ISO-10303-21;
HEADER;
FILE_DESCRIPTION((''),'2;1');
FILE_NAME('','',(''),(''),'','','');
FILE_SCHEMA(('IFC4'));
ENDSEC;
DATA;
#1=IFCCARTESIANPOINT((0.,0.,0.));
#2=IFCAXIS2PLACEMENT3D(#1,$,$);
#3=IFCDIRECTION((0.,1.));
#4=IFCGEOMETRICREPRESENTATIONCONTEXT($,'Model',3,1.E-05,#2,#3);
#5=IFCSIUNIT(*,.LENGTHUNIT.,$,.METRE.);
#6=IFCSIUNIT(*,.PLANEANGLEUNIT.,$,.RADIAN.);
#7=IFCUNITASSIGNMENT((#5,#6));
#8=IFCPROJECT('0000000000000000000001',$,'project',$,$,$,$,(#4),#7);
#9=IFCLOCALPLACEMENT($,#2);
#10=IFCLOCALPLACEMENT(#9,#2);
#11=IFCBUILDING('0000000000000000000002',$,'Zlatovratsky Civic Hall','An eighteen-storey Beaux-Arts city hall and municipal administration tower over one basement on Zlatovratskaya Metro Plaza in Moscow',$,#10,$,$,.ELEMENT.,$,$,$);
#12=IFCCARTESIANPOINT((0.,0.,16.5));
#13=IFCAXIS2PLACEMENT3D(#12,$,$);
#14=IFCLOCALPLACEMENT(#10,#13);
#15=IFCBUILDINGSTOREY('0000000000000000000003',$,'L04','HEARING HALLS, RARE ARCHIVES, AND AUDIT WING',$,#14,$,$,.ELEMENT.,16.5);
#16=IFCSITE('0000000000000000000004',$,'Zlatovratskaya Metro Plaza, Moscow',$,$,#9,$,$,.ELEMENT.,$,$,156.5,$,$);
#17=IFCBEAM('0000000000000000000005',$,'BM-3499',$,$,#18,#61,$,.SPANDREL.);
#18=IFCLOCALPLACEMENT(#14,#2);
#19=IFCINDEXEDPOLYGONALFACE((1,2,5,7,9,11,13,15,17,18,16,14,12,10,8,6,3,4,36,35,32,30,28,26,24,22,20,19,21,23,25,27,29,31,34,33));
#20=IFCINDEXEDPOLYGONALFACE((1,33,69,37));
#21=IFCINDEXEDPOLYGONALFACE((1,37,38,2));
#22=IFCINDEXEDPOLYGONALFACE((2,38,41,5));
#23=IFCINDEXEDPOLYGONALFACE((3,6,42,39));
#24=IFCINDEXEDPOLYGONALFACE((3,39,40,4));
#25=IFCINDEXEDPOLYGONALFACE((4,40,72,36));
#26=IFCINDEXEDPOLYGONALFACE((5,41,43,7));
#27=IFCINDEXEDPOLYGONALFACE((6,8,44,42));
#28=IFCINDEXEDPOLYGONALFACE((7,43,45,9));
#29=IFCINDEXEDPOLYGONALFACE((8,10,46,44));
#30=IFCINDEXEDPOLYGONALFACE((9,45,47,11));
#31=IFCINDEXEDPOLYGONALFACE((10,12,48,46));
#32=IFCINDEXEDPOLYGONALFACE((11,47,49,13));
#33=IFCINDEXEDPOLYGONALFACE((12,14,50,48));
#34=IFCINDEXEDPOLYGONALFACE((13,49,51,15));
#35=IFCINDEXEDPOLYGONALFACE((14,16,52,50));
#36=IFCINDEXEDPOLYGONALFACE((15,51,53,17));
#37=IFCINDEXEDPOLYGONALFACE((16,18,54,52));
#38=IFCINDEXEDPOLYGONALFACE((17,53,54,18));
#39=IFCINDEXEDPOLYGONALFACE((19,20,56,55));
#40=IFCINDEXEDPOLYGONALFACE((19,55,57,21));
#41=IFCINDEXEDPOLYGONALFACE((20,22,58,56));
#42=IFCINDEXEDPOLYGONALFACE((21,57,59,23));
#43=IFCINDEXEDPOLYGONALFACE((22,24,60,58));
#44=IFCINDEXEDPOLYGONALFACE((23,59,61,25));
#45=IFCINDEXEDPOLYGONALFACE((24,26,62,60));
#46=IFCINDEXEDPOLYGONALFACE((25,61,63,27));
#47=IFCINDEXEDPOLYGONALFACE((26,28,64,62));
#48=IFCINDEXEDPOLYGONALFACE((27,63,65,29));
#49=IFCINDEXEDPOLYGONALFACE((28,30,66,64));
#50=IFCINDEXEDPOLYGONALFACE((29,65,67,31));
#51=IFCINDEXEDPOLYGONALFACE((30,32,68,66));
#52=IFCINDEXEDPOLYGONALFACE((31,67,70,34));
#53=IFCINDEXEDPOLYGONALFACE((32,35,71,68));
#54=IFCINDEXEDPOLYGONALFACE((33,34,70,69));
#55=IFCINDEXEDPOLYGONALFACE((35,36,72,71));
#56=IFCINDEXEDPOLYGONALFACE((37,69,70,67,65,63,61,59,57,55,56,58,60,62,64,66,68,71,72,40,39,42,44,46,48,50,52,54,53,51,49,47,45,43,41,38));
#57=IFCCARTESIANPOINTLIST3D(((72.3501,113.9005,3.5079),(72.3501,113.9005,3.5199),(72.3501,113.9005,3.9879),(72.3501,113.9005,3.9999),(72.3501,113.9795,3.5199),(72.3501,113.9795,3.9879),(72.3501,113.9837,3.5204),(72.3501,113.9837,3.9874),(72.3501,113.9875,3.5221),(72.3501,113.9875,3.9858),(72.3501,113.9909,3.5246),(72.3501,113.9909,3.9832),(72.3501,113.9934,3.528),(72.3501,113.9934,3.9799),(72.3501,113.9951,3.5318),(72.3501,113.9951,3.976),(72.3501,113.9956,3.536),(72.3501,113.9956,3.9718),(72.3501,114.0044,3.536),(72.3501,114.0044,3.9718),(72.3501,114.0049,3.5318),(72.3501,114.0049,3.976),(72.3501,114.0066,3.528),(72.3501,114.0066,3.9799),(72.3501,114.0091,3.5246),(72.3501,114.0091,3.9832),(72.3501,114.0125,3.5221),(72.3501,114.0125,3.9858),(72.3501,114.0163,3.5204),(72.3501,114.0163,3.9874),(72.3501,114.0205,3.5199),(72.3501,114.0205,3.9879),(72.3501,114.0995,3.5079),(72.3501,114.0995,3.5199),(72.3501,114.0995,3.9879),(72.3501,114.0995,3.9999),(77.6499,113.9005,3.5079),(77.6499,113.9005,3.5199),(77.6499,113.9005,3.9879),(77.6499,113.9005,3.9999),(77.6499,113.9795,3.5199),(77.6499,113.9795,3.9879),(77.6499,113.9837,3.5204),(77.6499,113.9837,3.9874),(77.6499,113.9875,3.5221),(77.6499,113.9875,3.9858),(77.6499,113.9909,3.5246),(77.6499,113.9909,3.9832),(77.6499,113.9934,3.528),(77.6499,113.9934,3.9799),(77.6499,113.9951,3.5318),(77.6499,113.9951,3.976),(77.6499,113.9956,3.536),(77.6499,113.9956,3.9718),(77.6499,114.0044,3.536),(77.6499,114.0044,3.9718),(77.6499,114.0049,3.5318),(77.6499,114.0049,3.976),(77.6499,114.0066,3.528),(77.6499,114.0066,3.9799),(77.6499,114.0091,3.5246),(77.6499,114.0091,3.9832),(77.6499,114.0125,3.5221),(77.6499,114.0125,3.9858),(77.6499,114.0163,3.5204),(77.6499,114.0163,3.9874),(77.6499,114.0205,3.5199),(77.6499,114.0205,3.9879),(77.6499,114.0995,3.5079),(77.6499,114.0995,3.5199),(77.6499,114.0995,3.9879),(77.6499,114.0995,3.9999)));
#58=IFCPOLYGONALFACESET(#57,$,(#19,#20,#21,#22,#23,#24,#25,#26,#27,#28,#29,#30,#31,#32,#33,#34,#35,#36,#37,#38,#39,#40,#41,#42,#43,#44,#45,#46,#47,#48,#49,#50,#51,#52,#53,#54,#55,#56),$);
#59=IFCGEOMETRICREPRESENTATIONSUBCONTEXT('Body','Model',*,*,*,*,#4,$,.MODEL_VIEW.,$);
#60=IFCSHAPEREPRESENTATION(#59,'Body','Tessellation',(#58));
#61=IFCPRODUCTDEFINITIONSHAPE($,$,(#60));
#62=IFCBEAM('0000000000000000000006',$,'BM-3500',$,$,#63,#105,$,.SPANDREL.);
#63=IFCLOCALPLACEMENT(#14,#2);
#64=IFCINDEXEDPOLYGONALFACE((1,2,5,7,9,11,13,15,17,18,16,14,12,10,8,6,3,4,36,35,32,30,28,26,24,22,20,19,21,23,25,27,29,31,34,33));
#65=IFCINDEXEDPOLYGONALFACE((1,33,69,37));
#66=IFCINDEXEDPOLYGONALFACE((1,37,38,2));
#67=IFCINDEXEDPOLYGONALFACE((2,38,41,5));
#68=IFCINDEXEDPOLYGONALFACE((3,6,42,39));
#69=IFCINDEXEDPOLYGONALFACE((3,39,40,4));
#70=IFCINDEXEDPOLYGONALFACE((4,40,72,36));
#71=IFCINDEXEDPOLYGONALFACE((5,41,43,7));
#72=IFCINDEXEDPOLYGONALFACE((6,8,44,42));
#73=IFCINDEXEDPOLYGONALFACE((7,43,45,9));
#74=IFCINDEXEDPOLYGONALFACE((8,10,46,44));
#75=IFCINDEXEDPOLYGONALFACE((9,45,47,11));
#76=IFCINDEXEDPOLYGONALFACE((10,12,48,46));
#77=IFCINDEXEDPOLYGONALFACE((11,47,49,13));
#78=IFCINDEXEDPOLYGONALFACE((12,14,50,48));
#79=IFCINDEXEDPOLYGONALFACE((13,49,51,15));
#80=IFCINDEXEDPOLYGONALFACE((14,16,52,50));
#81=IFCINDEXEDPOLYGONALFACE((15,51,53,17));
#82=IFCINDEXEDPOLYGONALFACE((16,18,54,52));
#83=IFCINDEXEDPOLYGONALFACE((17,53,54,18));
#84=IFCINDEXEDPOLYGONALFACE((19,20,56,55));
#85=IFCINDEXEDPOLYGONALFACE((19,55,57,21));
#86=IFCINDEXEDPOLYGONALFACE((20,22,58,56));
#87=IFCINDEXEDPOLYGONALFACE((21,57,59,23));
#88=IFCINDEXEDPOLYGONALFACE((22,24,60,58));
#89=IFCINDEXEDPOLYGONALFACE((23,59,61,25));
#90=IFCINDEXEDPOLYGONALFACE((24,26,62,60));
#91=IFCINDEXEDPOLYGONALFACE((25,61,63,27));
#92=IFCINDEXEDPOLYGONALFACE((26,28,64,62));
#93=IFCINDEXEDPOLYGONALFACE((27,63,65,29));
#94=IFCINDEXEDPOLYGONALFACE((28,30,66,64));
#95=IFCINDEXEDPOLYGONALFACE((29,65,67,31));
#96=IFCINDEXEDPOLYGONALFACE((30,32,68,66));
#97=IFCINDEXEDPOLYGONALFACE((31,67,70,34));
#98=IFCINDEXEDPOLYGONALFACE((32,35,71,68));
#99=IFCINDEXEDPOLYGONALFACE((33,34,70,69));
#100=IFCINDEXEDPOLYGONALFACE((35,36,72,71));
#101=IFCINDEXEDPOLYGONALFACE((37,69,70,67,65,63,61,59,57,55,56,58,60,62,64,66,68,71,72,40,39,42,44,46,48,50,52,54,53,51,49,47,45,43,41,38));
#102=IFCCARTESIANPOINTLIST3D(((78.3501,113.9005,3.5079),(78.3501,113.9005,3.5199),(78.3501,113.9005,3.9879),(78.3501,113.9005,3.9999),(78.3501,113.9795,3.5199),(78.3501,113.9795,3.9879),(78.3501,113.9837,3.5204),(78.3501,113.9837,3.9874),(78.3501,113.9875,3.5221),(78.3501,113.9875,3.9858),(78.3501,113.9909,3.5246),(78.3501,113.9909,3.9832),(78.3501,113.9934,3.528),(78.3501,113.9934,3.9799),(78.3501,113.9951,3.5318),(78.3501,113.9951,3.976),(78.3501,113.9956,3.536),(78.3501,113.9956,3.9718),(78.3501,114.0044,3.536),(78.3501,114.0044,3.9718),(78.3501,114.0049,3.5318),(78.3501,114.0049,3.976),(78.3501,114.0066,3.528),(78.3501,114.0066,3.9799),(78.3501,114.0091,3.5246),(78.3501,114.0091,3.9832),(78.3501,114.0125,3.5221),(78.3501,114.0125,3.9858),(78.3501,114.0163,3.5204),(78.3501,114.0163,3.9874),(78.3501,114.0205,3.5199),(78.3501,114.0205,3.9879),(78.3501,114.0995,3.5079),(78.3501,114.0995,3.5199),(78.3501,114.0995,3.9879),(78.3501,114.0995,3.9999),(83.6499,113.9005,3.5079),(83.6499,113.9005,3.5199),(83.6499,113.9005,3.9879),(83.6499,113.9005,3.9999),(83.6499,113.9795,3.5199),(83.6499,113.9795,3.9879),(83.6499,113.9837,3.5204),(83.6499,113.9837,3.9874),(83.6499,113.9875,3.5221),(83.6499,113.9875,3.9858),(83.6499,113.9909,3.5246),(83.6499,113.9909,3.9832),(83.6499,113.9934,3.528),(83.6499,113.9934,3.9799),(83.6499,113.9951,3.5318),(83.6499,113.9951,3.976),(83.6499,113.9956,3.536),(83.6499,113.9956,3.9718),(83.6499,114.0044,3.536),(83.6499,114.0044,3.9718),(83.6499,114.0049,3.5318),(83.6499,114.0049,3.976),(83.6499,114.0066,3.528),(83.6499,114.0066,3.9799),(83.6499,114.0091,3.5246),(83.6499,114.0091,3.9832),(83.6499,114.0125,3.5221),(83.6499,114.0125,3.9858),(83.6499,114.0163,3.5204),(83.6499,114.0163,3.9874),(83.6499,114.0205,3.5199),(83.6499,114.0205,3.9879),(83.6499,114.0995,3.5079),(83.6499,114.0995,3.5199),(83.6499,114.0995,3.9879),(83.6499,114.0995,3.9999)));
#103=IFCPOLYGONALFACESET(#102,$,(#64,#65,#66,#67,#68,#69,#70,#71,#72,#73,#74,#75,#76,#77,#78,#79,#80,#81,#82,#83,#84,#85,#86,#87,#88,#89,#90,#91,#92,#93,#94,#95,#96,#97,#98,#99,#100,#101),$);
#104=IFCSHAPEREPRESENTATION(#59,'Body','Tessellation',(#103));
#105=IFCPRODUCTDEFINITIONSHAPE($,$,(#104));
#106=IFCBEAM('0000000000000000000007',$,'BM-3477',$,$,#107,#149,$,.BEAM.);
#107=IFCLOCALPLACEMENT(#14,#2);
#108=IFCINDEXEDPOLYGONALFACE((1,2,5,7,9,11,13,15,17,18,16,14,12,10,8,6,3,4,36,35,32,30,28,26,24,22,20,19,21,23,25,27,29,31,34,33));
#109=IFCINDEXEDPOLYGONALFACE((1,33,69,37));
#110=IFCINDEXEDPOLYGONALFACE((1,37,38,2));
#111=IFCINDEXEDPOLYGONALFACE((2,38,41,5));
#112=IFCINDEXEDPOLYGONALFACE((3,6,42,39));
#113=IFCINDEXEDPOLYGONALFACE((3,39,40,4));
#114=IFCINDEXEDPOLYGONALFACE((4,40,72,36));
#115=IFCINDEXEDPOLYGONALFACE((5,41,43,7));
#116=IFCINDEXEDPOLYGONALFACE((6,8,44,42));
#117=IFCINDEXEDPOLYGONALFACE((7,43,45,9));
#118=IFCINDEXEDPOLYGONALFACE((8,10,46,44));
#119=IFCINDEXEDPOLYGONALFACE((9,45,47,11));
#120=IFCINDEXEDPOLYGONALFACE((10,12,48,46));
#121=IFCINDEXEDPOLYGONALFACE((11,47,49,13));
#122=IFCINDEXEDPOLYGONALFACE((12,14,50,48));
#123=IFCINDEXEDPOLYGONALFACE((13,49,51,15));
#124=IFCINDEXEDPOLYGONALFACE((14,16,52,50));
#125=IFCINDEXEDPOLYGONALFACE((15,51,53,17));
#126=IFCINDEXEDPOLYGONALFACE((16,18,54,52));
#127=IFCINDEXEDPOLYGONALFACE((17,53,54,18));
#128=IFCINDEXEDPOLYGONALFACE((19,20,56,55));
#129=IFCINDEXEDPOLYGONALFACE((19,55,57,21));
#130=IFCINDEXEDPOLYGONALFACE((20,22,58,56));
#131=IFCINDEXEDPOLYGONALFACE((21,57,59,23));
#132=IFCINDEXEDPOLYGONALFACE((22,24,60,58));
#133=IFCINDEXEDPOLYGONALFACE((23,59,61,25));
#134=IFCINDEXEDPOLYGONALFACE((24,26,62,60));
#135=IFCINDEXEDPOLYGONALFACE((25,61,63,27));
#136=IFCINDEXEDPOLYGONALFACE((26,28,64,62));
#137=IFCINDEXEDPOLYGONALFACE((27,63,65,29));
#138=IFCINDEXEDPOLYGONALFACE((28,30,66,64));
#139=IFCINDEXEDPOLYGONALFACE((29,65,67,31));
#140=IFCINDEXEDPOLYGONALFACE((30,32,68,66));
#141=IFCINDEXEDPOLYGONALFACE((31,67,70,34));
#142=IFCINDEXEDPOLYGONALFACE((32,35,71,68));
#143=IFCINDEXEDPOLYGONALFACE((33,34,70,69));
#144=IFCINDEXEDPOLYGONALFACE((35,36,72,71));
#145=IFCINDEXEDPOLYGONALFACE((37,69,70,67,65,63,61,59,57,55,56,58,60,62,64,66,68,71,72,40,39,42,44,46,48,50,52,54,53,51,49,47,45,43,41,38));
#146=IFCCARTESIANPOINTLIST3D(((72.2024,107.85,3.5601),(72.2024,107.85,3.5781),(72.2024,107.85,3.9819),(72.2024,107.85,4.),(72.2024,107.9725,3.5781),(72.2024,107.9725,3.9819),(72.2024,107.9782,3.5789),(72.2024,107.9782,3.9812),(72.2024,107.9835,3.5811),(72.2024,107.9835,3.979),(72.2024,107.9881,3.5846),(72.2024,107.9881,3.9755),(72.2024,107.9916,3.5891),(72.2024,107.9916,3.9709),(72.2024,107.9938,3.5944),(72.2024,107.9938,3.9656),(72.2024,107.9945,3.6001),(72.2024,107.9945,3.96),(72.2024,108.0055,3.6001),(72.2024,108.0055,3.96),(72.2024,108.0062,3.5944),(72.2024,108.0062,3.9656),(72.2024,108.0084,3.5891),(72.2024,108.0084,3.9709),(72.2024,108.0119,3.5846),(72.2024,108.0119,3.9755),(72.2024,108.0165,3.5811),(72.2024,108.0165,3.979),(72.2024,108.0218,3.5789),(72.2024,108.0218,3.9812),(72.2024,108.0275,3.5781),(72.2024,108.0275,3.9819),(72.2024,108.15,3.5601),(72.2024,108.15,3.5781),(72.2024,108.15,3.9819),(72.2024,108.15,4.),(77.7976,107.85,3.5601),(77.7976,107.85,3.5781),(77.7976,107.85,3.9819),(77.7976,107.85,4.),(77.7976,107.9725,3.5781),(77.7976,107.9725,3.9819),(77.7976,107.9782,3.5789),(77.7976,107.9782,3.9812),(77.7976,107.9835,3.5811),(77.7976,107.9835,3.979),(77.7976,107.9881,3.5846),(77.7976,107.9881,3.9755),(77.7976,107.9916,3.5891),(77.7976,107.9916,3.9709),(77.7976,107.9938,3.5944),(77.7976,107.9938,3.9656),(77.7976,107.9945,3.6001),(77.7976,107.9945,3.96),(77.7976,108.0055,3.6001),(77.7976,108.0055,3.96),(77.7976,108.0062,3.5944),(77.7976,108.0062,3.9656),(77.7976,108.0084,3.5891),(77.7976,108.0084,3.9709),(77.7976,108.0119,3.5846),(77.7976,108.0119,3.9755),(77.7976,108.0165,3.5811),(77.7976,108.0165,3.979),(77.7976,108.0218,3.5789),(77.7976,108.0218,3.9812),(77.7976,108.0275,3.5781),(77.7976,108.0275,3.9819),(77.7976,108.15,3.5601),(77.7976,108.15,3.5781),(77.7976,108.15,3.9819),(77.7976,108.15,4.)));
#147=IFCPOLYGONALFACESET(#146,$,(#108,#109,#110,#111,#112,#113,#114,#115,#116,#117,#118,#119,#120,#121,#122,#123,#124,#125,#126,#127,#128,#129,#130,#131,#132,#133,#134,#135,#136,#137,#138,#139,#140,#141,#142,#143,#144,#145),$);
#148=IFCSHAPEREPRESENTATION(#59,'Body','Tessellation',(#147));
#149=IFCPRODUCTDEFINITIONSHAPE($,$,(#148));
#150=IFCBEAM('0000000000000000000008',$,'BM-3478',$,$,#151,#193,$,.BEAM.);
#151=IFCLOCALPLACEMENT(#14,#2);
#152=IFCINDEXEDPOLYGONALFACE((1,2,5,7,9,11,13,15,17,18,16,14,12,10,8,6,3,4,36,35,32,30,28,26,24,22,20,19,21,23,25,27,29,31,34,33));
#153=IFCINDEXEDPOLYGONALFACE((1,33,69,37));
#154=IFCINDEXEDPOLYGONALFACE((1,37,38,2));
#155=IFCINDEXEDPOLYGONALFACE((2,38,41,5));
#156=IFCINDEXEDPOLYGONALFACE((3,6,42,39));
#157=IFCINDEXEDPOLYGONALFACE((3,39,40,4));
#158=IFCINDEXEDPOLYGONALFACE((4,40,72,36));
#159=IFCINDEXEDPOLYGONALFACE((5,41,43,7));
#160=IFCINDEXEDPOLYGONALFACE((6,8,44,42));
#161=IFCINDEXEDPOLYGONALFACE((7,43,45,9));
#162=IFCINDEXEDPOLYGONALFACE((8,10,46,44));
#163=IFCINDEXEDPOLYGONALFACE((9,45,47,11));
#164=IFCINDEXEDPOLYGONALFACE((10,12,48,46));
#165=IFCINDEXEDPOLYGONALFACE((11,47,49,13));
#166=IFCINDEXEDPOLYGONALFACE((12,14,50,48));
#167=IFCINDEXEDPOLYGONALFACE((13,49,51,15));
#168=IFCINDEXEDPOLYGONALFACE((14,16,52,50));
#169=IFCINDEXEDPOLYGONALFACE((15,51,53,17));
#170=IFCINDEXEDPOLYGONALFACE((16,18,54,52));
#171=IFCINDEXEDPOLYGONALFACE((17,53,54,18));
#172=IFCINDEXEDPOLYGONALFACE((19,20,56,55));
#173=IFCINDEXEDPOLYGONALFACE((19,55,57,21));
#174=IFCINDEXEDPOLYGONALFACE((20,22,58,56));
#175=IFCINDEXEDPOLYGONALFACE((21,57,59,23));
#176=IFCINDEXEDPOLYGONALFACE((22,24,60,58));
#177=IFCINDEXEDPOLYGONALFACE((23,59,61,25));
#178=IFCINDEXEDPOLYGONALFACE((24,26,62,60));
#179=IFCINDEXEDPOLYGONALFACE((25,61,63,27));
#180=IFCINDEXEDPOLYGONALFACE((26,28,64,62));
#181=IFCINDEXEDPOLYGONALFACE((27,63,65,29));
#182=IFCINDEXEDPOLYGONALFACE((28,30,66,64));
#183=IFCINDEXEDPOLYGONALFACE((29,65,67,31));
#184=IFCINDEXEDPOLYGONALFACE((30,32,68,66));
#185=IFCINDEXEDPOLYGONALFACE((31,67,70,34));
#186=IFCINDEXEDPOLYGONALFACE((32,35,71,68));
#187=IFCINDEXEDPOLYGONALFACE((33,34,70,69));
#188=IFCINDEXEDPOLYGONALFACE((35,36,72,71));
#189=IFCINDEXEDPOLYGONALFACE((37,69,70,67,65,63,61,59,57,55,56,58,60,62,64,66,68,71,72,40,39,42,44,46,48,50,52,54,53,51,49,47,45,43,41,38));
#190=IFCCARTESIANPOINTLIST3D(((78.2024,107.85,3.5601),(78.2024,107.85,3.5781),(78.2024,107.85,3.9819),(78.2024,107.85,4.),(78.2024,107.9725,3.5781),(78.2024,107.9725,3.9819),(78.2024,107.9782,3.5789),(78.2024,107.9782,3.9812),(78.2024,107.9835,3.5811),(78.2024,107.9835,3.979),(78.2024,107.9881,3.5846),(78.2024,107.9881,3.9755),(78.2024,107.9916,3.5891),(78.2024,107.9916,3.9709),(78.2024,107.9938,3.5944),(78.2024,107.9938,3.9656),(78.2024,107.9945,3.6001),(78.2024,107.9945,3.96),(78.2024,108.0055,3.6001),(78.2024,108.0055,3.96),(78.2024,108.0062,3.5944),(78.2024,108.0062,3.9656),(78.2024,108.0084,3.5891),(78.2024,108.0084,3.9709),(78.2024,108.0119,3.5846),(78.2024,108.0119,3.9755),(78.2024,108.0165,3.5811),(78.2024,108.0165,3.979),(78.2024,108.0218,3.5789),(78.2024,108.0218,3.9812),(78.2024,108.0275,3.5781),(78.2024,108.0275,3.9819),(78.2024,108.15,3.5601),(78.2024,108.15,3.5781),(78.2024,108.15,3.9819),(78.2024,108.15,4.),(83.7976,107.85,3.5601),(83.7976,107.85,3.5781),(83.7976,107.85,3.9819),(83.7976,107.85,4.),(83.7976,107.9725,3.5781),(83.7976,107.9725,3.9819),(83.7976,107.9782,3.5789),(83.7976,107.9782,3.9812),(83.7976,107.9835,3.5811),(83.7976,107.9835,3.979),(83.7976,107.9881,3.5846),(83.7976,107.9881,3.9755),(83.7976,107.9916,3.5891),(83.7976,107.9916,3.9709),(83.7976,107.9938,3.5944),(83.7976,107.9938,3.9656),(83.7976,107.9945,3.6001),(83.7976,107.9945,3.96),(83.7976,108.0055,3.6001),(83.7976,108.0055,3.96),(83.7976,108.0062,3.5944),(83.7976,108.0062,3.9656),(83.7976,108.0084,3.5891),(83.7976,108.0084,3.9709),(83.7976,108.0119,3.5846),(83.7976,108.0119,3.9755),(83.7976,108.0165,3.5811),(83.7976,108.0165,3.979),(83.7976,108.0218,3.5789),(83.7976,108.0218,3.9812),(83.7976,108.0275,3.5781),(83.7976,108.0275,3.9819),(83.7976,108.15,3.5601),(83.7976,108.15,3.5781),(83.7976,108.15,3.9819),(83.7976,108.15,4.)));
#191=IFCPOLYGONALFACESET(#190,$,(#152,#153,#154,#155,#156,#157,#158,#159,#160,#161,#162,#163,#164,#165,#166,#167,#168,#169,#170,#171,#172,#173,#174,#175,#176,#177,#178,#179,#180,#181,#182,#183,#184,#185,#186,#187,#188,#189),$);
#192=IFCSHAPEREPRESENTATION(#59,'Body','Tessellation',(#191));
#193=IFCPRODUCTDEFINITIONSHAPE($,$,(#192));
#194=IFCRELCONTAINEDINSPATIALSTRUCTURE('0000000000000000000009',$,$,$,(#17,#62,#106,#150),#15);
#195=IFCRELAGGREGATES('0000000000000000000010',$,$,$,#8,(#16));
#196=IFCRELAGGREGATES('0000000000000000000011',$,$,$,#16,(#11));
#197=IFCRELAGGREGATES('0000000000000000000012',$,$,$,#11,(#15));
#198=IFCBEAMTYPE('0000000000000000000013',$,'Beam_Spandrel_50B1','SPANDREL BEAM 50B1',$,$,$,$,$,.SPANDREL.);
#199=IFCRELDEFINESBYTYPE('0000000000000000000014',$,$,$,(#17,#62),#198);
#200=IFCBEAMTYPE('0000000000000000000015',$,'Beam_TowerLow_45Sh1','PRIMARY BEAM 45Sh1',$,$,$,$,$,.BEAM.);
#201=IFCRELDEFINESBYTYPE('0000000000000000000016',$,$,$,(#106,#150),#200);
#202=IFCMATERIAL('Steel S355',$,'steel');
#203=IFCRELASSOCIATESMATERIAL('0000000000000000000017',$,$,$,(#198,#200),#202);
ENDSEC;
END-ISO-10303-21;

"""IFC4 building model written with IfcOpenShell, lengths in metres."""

from ifc_helpers import new_model, si_unit, direction, frame, origin, origin_2d, place, context, subcontext, project, spatial, i_section, extrude, material, material_profile, profile_set, type_object, element, save


model = new_model("IFC4")

# Units and contexts
model_context = context("Model", 3, precision=1e-05, world=origin(), true_north=direction((0.0, 1.0)))
body_context = subcontext(model_context, "Body", "Model", "MODEL_VIEW")
ifc_project = project(units=[si_unit("LENGTHUNIT", "METRE"), si_unit("PLANEANGLEUNIT", "RADIAN")], contexts=[model_context])

# Site, building, storey
site_placement = place(None, origin())
site = spatial("IfcSite", under=ifc_project, at=site_placement, Name="Zlatovratskaya Metro Plaza, Moscow", CompositionType="ELEMENT", RefElevation=156.5)
building_placement = place(site_placement, origin())
building = spatial("IfcBuilding", under=site, at=building_placement, Name="Zlatovratsky Civic Hall", Description="An eighteen-storey Beaux-Arts city hall and municipal administration tower over one basement on Zlatovratskaya Metro Plaza in Moscow", CompositionType="ELEMENT")
storey_placement = place(building_placement, frame((0.0, 0.0, 16.5)))
storey = spatial("IfcBuildingStorey", under=building, at=storey_placement, Name="L04", Description="HEARING HALLS, RARE ARCHIVES, AND AUDIT WING", CompositionType="ELEMENT", Elevation=16.5)

# Shared definitions
ifc_material_1 = material(Name="Steel S355", Category="steel")

# Beams
ifc_material_profile_1 = material_profile(ifc_material_1, i_section(OverallWidth=0.199, OverallDepth=0.4919, WebThickness=0.0088, FlangeThickness=0.012, FilletRadius=0.0161, at=origin_2d()), Name="50B1")
ifc_profile_set_1 = profile_set([ifc_material_profile_1], Name="Steel S355")
beam_type_1 = type_object("IfcBeamType", Name="Beam_Spandrel_50B1", Description="SPANDREL BEAM 50B1", PredefinedType="SPANDREL", material=ifc_profile_set_1)
for number, where, z_axis, x_axis, name in (
    (1, (72.3501, 114.0, 3.7539), (1.0, 0.0, 0.0), (0.0, 1.0, 0.0), "BM-3499"),
    (2, (78.3501, 114.0, 3.7539), (1.0, 0.0, 0.0), (0.0, 1.0, 0.0), "BM-3500"),
):
    element("IfcBeam", number, at=place(storey_placement, frame(where, z_axis=z_axis, x_axis=x_axis)), inside=storey, type_object=beam_type_1, Name=name, PredefinedType="SPANDREL", context=body_context, shape_type="SweptSolid", body=[
        extrude(i_section(OverallWidth=0.199, OverallDepth=0.4919, WebThickness=0.0088, FlangeThickness=0.012, FilletRadius=0.0161, at=origin_2d()), origin(), (0.0, 0.0, 1.0), 5.2998),
    ])
ifc_material_profile_2 = material_profile(ifc_material_1, i_section(OverallWidth=0.3, OverallDepth=0.4399, WebThickness=0.011, FlangeThickness=0.0181, FilletRadius=0.022, at=origin_2d()), Name="45Sh1")
ifc_profile_set_2 = profile_set([ifc_material_profile_2], Name="Steel S355")
beam_type_2 = type_object("IfcBeamType", Name="Beam_TowerLow_45Sh1", Description="PRIMARY BEAM 45Sh1", PredefinedType="BEAM", material=ifc_profile_set_2)
for number, where, z_axis, x_axis, name in (
    (3, (72.2024, 108.0, 3.78), (1.0, 0.0, 0.0), (0.0, 1.0, 0.0), "BM-3477"),
    (4, (78.2024, 108.0, 3.78), (1.0, 0.0, 0.0), (0.0, 1.0, 0.0), "BM-3478"),
):
    element("IfcBeam", number, at=place(storey_placement, frame(where, z_axis=z_axis, x_axis=x_axis)), inside=storey, type_object=beam_type_2, Name=name, PredefinedType="BEAM", context=body_context, shape_type="SweptSolid", body=[
        extrude(i_section(OverallWidth=0.3, OverallDepth=0.4399, WebThickness=0.011, FlangeThickness=0.0181, FilletRadius=0.022, at=origin_2d()), origin(), (0.0, 0.0, 1.0), 5.5952),
    ])

save(model, "model.ifc")
